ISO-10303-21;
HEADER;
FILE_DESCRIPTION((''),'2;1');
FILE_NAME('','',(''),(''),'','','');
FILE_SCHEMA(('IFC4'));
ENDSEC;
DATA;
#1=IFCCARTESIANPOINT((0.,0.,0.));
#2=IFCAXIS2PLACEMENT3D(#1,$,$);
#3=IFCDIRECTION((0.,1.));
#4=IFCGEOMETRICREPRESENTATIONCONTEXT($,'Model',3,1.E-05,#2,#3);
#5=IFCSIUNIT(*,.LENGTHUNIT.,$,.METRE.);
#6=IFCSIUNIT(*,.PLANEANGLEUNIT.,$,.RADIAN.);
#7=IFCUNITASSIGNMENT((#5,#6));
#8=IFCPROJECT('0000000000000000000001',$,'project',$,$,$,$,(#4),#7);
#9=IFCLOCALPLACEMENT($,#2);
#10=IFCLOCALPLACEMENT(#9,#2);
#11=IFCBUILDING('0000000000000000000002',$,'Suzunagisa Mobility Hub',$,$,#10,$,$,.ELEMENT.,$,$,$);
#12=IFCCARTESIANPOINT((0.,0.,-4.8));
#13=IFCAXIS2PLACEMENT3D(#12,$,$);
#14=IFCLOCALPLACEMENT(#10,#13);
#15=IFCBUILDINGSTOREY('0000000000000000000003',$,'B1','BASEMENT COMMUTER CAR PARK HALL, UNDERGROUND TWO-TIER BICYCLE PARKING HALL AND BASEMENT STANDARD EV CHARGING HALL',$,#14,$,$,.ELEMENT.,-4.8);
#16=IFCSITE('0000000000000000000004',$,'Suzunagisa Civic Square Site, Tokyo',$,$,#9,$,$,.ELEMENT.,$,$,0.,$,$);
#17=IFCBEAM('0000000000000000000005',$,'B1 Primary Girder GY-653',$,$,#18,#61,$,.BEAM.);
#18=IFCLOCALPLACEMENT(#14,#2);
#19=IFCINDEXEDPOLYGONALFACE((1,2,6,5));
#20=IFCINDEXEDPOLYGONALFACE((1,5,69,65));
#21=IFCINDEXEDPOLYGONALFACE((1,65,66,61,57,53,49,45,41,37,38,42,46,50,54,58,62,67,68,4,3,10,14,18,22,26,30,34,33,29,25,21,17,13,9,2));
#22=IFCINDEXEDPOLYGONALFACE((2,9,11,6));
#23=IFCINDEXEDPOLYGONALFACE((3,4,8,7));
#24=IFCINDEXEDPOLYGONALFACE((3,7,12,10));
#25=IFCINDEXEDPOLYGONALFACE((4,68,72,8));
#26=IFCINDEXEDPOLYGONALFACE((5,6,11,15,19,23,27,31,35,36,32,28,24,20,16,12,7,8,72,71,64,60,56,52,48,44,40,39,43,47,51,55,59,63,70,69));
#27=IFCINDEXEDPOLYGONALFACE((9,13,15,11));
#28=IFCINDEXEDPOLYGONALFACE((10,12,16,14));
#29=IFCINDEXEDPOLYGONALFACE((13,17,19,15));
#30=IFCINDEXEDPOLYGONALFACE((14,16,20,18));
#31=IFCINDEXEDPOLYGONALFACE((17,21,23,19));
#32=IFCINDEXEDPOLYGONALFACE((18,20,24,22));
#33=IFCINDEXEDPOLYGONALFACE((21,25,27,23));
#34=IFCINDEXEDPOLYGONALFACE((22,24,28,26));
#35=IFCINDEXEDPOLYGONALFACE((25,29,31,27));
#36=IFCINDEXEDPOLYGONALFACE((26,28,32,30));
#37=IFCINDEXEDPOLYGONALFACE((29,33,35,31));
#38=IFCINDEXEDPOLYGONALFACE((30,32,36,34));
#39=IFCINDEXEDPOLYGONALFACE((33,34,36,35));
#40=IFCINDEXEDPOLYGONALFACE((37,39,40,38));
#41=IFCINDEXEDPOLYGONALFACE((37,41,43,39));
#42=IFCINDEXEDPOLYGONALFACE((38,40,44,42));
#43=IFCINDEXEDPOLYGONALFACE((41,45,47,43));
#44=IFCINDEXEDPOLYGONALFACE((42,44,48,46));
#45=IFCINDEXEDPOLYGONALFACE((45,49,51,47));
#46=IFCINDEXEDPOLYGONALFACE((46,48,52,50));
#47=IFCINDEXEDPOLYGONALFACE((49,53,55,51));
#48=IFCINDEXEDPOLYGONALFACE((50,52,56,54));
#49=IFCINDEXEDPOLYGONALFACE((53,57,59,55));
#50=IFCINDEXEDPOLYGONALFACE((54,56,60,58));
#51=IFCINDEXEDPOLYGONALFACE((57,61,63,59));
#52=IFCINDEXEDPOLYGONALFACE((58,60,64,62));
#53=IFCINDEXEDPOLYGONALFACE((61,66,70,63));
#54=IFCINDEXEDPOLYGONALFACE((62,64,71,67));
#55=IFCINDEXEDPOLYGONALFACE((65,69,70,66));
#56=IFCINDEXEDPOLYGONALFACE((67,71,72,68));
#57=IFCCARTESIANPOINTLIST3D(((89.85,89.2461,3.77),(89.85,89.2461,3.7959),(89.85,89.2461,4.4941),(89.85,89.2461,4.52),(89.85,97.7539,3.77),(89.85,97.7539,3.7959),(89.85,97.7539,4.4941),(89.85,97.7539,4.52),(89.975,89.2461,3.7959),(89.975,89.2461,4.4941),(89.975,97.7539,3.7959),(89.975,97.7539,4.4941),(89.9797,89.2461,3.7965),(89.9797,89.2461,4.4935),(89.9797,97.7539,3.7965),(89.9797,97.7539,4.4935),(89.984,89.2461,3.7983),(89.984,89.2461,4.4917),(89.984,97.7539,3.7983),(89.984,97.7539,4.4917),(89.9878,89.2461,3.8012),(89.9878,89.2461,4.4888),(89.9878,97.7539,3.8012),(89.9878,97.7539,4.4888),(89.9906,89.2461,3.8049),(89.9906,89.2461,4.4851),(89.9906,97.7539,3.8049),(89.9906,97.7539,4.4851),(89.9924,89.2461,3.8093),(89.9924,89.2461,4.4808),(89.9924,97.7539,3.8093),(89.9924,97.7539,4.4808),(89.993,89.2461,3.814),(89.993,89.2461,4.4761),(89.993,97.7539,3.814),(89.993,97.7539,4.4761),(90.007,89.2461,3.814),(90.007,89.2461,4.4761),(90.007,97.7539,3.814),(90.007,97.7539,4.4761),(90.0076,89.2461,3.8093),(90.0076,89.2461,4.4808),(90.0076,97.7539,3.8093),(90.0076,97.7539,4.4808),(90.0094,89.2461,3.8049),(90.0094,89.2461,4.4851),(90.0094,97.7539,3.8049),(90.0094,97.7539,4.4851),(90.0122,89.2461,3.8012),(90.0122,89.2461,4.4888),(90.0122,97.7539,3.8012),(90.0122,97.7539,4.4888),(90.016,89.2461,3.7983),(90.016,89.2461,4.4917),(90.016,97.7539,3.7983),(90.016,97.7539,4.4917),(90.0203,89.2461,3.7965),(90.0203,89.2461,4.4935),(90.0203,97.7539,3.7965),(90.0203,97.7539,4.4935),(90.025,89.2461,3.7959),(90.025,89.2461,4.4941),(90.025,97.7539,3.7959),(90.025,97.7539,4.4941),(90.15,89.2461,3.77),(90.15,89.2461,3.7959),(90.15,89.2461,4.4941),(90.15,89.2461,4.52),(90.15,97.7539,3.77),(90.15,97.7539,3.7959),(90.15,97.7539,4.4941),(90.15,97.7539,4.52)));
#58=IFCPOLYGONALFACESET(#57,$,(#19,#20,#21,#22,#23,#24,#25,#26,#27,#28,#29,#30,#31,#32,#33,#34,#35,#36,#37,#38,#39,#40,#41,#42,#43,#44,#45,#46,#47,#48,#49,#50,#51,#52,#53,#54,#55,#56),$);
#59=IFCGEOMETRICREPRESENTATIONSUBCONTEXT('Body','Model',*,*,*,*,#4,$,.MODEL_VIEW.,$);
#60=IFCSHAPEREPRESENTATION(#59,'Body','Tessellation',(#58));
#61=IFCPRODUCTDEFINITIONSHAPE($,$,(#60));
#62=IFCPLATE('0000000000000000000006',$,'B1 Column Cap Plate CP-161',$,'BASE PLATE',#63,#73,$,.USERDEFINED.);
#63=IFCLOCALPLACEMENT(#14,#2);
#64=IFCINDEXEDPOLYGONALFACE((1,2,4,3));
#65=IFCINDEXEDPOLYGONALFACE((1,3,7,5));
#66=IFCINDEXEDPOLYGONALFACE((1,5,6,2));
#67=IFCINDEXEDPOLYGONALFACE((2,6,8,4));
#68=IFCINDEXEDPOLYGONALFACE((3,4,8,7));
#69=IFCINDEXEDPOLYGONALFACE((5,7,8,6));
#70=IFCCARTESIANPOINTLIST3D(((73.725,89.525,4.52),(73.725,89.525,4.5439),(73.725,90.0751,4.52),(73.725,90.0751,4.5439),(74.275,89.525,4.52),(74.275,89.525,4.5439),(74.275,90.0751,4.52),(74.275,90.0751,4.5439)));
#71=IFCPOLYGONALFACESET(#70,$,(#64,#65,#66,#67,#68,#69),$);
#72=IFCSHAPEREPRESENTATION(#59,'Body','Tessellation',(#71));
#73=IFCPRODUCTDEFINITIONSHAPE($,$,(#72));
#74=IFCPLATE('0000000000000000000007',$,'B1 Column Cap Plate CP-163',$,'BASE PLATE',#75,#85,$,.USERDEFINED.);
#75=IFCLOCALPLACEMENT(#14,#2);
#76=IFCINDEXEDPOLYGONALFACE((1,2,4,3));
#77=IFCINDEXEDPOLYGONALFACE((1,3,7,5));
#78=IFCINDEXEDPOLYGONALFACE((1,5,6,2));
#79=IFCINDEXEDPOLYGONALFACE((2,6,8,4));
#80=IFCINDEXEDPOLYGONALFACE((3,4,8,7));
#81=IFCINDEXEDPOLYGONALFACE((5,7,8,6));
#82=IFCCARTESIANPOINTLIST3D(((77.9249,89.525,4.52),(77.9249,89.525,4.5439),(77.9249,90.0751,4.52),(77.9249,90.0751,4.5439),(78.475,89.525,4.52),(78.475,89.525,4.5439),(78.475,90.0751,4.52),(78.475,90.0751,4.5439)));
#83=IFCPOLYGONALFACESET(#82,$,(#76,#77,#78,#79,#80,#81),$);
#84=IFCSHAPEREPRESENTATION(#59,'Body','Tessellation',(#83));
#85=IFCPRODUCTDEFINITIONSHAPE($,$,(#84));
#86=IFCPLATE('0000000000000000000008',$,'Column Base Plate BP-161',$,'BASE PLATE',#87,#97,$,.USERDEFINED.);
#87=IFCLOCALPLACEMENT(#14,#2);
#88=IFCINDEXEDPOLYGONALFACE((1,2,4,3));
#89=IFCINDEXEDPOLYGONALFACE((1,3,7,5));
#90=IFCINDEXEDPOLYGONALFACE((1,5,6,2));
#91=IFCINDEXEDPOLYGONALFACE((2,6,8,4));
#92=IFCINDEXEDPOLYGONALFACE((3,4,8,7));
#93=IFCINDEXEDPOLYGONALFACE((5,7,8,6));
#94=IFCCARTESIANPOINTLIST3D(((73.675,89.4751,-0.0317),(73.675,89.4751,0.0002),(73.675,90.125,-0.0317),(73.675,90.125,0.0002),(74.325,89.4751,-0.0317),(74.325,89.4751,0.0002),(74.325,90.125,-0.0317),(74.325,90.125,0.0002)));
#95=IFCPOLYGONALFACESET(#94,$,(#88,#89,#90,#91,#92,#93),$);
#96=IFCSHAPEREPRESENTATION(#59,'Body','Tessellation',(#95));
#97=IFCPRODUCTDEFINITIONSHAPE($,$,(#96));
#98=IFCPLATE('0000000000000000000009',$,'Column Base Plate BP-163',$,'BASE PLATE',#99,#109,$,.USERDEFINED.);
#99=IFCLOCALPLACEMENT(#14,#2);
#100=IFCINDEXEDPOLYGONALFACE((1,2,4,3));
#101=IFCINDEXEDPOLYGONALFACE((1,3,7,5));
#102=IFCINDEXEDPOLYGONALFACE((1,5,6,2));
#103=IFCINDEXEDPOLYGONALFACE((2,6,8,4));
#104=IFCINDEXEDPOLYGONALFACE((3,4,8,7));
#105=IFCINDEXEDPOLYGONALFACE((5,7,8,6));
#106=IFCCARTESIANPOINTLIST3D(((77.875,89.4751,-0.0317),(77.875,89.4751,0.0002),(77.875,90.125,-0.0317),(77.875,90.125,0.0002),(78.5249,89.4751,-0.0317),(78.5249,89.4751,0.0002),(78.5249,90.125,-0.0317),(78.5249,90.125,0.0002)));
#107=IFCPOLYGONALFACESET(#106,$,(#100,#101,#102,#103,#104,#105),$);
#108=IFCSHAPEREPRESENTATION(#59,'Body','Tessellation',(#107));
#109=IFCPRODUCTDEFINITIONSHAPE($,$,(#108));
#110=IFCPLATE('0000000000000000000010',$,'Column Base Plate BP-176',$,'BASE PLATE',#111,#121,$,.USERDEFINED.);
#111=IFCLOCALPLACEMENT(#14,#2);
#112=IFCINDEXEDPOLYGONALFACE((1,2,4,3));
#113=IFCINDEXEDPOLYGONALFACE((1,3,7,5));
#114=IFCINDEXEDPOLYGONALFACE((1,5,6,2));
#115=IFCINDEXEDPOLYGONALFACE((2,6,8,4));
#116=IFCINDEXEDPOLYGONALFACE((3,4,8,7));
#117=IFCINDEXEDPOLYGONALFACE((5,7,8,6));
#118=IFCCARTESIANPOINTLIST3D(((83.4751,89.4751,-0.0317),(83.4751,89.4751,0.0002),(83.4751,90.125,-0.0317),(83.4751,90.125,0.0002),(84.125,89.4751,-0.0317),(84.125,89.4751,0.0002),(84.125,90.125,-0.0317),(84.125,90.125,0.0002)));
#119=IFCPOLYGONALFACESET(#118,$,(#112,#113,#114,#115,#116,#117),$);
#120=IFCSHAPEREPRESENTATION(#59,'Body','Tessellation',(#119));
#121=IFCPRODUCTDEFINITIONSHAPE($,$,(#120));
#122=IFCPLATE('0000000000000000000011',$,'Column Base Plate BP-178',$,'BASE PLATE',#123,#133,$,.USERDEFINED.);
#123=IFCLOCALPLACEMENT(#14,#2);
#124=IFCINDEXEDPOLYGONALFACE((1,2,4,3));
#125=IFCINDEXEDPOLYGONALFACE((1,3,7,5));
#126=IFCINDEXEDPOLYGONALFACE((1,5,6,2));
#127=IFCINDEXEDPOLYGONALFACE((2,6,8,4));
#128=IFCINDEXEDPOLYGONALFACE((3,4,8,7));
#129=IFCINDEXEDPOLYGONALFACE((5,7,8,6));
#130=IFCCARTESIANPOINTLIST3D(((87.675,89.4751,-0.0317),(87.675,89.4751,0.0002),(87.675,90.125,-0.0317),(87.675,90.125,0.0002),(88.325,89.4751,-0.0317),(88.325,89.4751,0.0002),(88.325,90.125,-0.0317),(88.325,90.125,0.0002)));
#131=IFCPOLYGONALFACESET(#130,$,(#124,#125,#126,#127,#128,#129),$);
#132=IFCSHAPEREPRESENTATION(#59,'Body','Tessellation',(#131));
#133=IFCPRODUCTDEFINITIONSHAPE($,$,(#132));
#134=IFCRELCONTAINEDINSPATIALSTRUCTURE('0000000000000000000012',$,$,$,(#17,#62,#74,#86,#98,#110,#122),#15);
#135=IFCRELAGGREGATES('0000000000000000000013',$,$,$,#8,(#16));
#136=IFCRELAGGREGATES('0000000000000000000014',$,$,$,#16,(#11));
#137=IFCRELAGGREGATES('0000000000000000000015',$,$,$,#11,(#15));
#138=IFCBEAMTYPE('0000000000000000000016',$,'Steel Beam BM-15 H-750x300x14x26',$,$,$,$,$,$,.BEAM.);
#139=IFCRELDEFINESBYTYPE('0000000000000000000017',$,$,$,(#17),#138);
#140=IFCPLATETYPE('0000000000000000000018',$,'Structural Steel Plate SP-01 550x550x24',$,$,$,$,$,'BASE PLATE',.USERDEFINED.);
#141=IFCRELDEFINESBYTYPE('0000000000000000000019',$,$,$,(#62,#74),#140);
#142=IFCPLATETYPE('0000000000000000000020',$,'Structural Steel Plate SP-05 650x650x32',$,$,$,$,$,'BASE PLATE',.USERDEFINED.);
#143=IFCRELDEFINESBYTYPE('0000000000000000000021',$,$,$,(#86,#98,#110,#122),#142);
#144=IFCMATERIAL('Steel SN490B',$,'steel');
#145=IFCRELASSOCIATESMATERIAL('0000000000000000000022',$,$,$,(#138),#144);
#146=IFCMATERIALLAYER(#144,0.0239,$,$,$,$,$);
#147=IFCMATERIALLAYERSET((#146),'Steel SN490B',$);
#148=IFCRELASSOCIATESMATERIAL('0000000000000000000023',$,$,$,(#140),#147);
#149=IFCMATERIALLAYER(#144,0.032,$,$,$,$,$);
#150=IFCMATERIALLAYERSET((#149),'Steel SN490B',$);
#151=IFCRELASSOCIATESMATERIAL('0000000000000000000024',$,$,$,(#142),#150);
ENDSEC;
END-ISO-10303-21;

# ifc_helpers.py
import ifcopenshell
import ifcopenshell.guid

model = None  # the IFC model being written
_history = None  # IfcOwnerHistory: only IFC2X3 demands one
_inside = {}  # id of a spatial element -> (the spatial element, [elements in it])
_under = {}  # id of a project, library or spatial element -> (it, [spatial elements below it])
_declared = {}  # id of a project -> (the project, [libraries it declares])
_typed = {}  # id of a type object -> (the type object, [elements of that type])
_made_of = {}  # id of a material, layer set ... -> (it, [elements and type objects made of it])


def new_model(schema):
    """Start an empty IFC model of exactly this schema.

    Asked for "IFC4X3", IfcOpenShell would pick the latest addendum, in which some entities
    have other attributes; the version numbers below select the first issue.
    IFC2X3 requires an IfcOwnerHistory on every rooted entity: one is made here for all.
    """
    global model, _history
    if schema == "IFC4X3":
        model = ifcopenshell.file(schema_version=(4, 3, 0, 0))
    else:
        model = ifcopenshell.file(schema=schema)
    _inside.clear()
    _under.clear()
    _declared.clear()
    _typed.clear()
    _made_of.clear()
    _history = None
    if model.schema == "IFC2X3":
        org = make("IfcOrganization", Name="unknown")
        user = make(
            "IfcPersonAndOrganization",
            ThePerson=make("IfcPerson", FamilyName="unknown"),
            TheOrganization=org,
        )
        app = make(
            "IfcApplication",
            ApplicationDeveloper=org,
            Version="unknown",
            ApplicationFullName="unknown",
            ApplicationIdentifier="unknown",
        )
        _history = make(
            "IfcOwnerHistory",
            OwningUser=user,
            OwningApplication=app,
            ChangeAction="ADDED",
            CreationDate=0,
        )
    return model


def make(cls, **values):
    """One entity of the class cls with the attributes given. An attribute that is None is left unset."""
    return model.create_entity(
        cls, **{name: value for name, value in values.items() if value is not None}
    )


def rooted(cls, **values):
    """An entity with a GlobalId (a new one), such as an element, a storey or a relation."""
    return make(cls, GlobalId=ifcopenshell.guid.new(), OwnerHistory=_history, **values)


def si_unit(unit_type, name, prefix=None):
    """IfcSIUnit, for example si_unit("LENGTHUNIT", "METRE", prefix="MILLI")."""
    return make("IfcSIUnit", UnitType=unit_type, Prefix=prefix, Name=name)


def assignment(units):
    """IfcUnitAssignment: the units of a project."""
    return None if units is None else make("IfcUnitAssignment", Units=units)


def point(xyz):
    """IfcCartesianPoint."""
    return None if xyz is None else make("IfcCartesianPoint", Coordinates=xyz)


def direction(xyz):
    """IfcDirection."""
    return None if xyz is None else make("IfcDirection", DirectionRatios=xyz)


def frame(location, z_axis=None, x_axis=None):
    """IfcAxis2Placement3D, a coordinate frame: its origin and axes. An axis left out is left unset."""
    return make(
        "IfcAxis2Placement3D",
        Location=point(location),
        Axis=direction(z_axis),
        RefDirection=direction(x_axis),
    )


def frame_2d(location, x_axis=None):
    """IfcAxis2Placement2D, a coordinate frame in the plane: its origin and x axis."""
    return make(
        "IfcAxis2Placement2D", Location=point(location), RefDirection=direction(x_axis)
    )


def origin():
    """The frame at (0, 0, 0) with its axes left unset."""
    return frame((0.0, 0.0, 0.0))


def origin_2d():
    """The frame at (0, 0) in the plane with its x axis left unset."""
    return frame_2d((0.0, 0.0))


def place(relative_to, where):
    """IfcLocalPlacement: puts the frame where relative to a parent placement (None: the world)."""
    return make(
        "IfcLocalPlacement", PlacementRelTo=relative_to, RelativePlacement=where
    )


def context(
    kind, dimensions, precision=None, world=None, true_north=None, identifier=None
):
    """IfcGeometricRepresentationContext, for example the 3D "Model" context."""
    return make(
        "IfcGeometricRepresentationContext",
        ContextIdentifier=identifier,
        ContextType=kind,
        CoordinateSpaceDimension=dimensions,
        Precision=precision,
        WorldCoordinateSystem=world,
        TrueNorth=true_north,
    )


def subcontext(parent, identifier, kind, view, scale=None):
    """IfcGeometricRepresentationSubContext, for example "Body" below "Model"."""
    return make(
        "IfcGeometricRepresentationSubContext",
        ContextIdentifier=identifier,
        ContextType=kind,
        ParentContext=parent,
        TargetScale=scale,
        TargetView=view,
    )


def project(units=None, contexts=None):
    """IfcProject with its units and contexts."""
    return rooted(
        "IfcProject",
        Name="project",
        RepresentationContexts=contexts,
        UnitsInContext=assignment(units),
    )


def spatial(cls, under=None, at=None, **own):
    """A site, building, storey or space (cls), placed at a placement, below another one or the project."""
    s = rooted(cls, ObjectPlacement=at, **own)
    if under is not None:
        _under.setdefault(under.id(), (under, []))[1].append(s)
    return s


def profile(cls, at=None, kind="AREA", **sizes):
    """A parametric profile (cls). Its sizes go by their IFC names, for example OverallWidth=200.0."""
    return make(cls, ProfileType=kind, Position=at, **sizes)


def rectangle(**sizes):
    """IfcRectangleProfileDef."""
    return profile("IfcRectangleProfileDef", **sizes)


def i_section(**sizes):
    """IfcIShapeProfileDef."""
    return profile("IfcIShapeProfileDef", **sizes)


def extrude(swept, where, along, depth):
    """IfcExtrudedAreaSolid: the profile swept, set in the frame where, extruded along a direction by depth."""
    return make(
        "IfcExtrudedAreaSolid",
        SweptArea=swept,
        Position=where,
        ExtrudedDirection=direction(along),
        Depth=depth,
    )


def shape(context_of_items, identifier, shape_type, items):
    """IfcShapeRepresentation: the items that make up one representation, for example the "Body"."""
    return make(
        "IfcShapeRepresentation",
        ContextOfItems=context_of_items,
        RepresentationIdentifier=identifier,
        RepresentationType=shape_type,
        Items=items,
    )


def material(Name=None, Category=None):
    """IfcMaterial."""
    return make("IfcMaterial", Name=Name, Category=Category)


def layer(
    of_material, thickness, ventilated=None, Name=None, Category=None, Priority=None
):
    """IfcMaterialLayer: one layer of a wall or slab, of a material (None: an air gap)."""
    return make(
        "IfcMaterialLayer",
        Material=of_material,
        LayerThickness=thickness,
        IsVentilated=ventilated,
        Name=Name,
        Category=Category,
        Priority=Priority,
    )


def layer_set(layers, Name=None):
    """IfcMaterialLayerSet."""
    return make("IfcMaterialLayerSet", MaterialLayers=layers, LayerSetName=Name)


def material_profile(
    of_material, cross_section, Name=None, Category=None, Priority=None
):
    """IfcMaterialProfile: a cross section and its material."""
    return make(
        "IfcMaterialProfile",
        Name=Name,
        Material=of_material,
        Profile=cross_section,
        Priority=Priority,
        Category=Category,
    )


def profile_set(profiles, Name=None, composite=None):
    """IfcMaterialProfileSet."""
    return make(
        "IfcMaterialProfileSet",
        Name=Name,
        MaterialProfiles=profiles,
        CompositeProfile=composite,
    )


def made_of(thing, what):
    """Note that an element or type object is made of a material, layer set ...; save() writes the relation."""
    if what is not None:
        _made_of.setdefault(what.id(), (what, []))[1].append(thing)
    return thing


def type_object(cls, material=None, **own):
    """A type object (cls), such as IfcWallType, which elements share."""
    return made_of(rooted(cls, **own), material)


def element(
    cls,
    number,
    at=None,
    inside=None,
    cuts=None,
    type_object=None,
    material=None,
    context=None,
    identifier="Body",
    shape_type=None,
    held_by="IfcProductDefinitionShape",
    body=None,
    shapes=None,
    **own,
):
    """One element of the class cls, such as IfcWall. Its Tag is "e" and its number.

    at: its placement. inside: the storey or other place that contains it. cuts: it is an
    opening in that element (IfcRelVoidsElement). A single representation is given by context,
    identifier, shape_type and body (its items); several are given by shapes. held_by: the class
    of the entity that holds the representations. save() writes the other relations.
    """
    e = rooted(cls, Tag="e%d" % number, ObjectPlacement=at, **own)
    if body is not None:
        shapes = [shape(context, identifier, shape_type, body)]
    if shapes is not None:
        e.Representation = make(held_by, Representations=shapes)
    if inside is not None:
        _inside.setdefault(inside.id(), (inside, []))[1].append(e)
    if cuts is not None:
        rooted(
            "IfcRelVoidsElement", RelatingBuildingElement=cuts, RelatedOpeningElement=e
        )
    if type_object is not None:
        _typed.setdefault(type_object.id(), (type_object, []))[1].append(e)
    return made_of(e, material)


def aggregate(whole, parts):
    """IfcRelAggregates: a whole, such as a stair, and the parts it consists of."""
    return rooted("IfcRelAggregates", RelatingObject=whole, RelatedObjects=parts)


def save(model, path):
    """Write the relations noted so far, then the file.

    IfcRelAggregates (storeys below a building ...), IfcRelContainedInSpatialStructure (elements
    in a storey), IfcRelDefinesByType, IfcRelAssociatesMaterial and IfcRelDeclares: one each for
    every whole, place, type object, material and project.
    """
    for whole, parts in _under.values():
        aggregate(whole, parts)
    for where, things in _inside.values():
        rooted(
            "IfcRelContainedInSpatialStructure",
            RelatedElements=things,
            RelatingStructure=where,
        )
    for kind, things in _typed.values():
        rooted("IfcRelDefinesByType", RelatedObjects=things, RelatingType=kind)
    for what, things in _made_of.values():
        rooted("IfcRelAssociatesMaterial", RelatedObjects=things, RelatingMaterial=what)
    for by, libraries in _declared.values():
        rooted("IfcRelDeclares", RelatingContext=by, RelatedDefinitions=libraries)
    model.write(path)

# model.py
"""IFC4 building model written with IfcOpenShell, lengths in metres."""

from ifc_helpers import new_model, si_unit, direction, frame, origin, origin_2d, place, context, subcontext, project, spatial, rectangle, i_section, extrude, material, layer, layer_set, material_profile, profile_set, type_object, element, save


model = new_model("IFC4")

# Units and contexts
model_context = context("Model", 3, precision=1e-05, world=origin(), true_north=direction((0.0, 1.0)))
body_context = subcontext(model_context, "Body", "Model", "MODEL_VIEW")
ifc_project = project(units=[si_unit("LENGTHUNIT", "METRE"), si_unit("PLANEANGLEUNIT", "RADIAN")], contexts=[model_context])

# Site, building, storey
site_placement = place(None, origin())
site = spatial("IfcSite", under=ifc_project, at=site_placement, Name="Suzunagisa Civic Square Site, Tokyo", CompositionType="ELEMENT", RefElevation=0.0)
building_placement = place(site_placement, origin())
building = spatial("IfcBuilding", under=site, at=building_placement, Name="Suzunagisa Mobility Hub", CompositionType="ELEMENT")
storey_placement = place(building_placement, frame((0.0, 0.0, -4.8)))
storey = spatial("IfcBuildingStorey", under=building, at=storey_placement, Name="B1", Description="BASEMENT COMMUTER CAR PARK HALL, UNDERGROUND TWO-TIER BICYCLE PARKING HALL AND BASEMENT STANDARD EV CHARGING HALL", CompositionType="ELEMENT", Elevation=-4.8)

# Shared definitions
ifc_material_1 = material(Name="Steel SN490B", Category="steel")

# Beam
ifc_material_profile_1 = material_profile(ifc_material_1, i_section(OverallWidth=0.3, OverallDepth=0.75, WebThickness=0.0139, FlangeThickness=0.0259, FilletRadius=0.0181, at=origin_2d()), Name="H-750x300x14x26")
ifc_profile_set_1 = profile_set([ifc_material_profile_1], Name="Steel SN490B")
beam_type_1 = type_object("IfcBeamType", Name="Steel Beam BM-15 H-750x300x14x26", PredefinedType="BEAM", material=ifc_profile_set_1)
beam_placement = place(storey_placement, frame((90.0, 89.2461, 4.145), z_axis=(0.0, 1.0, 0.0), x_axis=(-1.0, 0.0, 0.0)))
element("IfcBeam", 1, at=beam_placement, inside=storey, type_object=beam_type_1, Name="B1 Primary Girder GY-653", PredefinedType="BEAM", context=body_context, shape_type="SweptSolid", body=[
    extrude(i_section(OverallWidth=0.3, OverallDepth=0.75, WebThickness=0.0139, FlangeThickness=0.0259, FilletRadius=0.0181, at=origin_2d()), origin(), (0.0, 0.0, 1.0), 8.5078),
])

# Plates
ifc_layer_1 = layer(ifc_material_1, 0.0239)
ifc_layer_set_1 = layer_set([ifc_layer_1], Name="Steel SN490B")
plate_type_1 = type_object("IfcPlateType", Name="Structural Steel Plate SP-01 550x550x24", ElementType="BASE PLATE", PredefinedType="USERDEFINED", material=ifc_layer_set_1)
for number, where, z_axis, x_axis, name in (
    (2, (74.0, 89.8, 4.52), (0.0, 0.0, 1.0), (1.0, 0.0, 0.0), "B1 Column Cap Plate CP-161"),
    (3, (78.2, 89.8, 4.52), (0.0, 0.0, 1.0), (1.0, 0.0, 0.0), "B1 Column Cap Plate CP-163"),
):
    element("IfcPlate", number, at=place(storey_placement, frame(where, z_axis=z_axis, x_axis=x_axis)), inside=storey, type_object=plate_type_1, Name=name, ObjectType="BASE PLATE", PredefinedType="USERDEFINED", context=body_context, shape_type="SweptSolid", body=[
        extrude(rectangle(XDim=0.55, YDim=0.55, at=origin_2d()), origin(), (0.0, 0.0, 1.0), 0.0239),
    ])
ifc_layer_2 = layer(ifc_material_1, 0.032)
ifc_layer_set_2 = layer_set([ifc_layer_2], Name="Steel SN490B")
plate_type_2 = type_object("IfcPlateType", Name="Structural Steel Plate SP-05 650x650x32", ElementType="BASE PLATE", PredefinedType="USERDEFINED", material=ifc_layer_set_2)
for number, where, z_axis, x_axis, name in (
    (4, (74.0, 89.8, -0.0317), (0.0, 0.0, 1.0), (1.0, 0.0, 0.0), "Column Base Plate BP-161"),
    (5, (78.2, 89.8, -0.0317), (0.0, 0.0, 1.0), (1.0, 0.0, 0.0), "Column Base Plate BP-163"),
    (6, (83.8, 89.8, -0.0317), (0.0, 0.0, 1.0), (1.0, 0.0, 0.0), "Column Base Plate BP-176"),
    (7, (88.0, 89.8, -0.0317), (0.0, 0.0, 1.0), (1.0, 0.0, 0.0), "Column Base Plate BP-178"),
):
    element("IfcPlate", number, at=place(storey_placement, frame(where, z_axis=z_axis, x_axis=x_axis)), inside=storey, type_object=plate_type_2, Name=name, ObjectType="BASE PLATE", PredefinedType="USERDEFINED", context=body_context, shape_type="SweptSolid", body=[
        extrude(rectangle(XDim=0.6499, YDim=0.6499, at=origin_2d()), origin(), (0.0, 0.0, 1.0), 0.032),
    ])

save(model, "model.ifc")
